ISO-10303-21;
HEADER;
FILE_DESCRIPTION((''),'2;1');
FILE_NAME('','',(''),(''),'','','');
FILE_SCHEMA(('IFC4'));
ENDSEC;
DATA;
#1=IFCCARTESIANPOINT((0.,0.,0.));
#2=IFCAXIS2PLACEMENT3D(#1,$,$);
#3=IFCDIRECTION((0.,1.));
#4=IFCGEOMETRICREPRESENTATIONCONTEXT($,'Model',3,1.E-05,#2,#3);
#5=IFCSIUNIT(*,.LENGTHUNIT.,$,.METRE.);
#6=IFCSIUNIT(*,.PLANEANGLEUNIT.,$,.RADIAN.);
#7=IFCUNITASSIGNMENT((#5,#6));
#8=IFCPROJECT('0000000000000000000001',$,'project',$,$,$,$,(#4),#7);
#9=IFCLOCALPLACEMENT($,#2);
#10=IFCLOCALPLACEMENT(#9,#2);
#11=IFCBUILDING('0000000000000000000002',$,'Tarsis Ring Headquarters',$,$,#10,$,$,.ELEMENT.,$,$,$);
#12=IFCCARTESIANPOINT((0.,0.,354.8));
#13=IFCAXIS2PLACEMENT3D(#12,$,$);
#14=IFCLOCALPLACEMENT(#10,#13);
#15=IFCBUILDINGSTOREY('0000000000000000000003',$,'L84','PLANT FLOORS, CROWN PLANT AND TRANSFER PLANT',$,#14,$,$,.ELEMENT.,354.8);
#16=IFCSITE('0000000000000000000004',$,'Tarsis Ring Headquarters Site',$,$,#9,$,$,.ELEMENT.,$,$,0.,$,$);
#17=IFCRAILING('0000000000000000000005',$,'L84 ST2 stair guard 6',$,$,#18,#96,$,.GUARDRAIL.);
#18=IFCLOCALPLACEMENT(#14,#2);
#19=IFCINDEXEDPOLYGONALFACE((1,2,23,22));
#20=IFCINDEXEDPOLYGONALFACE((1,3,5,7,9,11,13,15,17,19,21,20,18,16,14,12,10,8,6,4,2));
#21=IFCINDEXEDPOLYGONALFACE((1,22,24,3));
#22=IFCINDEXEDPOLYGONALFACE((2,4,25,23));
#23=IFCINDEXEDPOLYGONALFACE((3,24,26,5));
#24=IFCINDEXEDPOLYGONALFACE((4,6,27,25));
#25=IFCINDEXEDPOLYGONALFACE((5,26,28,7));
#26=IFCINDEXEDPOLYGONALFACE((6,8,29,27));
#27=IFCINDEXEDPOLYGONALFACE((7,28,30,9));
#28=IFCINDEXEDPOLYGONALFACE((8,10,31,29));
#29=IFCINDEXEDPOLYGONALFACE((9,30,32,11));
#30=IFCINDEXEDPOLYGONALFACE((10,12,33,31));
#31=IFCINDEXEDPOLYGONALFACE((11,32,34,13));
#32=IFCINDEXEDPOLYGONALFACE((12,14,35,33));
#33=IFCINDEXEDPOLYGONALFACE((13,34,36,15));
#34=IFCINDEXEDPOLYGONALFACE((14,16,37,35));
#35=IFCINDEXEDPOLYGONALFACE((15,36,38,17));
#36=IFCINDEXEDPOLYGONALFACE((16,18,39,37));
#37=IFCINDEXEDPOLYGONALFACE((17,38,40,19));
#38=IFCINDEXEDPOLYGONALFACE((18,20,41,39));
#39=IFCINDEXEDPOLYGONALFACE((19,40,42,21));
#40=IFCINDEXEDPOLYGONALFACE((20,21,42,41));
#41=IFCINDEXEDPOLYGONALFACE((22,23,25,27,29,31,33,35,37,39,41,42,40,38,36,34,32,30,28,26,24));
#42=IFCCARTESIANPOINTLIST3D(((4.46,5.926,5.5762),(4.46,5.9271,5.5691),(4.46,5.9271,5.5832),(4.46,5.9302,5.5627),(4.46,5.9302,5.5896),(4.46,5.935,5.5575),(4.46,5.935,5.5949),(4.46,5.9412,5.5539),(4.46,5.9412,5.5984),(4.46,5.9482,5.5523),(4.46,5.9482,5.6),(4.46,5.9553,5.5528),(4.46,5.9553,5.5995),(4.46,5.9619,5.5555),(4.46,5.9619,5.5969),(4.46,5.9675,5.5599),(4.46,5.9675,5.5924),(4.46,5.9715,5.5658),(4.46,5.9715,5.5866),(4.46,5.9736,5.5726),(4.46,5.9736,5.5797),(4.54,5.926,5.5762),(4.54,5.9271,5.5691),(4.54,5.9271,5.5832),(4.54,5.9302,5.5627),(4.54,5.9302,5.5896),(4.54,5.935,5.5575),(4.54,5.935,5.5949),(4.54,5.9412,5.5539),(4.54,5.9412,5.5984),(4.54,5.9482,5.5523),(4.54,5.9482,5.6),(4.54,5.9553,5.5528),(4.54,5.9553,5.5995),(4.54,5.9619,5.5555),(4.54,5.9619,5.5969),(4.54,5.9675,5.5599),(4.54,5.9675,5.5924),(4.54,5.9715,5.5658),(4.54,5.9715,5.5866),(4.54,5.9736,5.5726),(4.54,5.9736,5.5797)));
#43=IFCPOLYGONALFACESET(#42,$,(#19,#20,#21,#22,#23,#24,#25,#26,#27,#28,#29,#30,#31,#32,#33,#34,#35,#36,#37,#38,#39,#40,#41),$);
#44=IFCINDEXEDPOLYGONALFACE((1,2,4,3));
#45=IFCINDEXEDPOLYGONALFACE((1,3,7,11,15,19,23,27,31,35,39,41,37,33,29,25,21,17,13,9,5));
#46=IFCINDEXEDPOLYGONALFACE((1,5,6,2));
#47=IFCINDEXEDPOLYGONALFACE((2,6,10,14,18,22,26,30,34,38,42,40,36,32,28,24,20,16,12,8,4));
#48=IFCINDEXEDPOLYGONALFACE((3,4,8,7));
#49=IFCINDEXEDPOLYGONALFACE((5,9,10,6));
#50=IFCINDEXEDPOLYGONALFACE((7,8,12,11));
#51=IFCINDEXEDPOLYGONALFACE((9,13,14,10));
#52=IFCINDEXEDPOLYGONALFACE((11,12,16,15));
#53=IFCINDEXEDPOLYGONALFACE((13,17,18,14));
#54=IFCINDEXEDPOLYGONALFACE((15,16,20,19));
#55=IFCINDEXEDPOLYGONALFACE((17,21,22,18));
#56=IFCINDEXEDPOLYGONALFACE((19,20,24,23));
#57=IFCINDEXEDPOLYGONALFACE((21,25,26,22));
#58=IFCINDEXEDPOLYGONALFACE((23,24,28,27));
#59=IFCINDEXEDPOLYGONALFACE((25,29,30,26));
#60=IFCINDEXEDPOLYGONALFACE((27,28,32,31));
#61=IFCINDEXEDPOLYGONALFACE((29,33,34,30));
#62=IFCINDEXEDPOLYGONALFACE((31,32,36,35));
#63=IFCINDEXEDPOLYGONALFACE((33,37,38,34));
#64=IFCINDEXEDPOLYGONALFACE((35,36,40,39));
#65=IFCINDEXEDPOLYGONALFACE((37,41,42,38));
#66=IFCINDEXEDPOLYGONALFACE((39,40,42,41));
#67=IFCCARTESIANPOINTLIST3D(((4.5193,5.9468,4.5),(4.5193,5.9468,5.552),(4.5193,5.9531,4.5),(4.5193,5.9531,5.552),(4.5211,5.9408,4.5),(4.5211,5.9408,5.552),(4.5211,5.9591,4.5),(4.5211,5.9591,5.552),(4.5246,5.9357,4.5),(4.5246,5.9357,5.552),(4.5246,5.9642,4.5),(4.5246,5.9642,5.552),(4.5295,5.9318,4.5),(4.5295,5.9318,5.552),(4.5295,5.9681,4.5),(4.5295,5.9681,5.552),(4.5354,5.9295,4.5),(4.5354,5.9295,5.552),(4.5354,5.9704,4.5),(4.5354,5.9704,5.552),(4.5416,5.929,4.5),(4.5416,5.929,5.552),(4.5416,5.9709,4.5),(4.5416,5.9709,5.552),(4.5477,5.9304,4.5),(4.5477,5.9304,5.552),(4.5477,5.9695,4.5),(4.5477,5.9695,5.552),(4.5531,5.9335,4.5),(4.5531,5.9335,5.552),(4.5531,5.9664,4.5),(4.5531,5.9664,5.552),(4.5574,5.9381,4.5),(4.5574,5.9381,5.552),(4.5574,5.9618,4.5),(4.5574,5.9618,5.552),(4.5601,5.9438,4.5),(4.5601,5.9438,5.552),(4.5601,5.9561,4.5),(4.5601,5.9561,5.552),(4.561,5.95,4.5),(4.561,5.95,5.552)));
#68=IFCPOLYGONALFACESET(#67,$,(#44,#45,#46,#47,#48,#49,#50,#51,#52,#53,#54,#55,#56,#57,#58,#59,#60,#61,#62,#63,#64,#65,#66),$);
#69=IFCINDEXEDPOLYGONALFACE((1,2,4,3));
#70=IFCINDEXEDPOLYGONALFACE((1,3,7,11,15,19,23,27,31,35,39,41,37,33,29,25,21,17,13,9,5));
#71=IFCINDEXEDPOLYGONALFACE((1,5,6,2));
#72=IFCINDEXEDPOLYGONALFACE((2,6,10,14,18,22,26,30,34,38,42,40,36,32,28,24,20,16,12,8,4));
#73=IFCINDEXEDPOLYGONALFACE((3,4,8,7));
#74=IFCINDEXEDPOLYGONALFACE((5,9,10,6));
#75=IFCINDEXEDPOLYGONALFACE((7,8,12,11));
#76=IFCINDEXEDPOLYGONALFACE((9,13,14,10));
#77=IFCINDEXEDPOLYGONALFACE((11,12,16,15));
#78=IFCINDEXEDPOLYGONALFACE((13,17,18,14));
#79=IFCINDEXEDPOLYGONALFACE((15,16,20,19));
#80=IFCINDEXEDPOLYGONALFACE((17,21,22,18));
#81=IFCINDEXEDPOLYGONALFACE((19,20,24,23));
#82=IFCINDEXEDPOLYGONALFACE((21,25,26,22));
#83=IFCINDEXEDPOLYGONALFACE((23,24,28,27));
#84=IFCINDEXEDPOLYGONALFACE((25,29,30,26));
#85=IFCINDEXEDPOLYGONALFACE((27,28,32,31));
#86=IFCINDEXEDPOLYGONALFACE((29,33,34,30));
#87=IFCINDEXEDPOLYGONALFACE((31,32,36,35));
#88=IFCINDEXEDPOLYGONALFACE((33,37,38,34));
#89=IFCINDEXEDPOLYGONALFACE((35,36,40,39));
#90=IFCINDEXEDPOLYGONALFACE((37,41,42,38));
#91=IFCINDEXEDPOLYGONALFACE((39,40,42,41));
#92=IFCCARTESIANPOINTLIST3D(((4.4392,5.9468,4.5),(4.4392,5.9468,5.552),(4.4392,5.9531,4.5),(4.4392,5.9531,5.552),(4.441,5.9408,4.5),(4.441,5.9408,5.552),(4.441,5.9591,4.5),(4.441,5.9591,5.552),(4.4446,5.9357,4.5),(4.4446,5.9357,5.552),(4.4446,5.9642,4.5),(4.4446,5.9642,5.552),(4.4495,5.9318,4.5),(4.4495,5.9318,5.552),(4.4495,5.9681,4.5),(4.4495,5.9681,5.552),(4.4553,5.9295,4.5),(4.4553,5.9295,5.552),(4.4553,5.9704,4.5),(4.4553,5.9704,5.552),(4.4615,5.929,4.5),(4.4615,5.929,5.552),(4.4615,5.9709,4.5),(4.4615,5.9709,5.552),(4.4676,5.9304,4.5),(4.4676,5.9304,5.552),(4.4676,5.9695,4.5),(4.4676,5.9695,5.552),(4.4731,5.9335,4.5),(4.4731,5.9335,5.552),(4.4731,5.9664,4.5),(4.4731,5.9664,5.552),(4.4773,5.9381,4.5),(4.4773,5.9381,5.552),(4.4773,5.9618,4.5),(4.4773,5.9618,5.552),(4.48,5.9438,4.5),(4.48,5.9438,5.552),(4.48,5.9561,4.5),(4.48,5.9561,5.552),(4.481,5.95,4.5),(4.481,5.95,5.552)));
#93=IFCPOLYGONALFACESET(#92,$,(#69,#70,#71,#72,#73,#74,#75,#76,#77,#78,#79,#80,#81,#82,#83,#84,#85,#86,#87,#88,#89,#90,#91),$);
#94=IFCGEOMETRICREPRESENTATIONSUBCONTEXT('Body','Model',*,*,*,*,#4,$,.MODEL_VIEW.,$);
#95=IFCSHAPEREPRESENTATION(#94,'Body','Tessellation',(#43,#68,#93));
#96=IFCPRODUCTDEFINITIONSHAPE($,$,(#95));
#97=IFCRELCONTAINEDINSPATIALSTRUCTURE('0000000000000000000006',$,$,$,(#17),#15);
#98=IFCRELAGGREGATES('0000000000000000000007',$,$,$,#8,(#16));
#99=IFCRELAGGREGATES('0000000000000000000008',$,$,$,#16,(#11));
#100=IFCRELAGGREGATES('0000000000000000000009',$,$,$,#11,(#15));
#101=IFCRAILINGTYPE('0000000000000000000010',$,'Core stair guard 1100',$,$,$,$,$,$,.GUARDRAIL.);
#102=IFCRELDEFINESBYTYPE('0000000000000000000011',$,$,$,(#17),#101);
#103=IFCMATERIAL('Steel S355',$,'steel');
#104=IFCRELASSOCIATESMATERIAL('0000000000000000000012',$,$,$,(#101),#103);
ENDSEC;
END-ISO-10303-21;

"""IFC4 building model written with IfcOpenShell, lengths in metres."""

from ifc_helpers import new_model, si_unit, direction, frame, origin, origin_2d, place, context, subcontext, project, spatial, circle, extrude, material, type_object, element, save


model = new_model("IFC4")

# Units and contexts
model_context = context("Model", 3, precision=1e-05, world=origin(), true_north=direction((0.0, 1.0)))
body_context = subcontext(model_context, "Body", "Model", "MODEL_VIEW")
ifc_project = project(units=[si_unit("LENGTHUNIT", "METRE"), si_unit("PLANEANGLEUNIT", "RADIAN")], contexts=[model_context])

# Site, building, storey
site_placement = place(None, origin())
site = spatial("IfcSite", under=ifc_project, at=site_placement, Name="Tarsis Ring Headquarters Site", CompositionType="ELEMENT", RefElevation=0.0)
building_placement = place(site_placement, origin())
building = spatial("IfcBuilding", under=site, at=building_placement, Name="Tarsis Ring Headquarters", CompositionType="ELEMENT")
storey_placement = place(building_placement, frame((0.0, 0.0, 354.8)))
storey = spatial("IfcBuildingStorey", under=building, at=storey_placement, Name="L84", Description="PLANT FLOORS, CROWN PLANT AND TRANSFER PLANT", CompositionType="ELEMENT", Elevation=354.8)

# Railing
ifc_material_1 = material(Name="Steel S355", Category="steel")
railing_type_1 = type_object("IfcRailingType", Name="Core stair guard 1100", PredefinedType="GUARDRAIL", material=ifc_material_1)
railing_1_placement = place(storey_placement, frame((4.54, 5.95, 4.5)))
element("IfcRailing", 1, at=railing_1_placement, inside=storey, type_object=railing_type_1, Name="L84 ST2 stair guard 6", PredefinedType="GUARDRAIL", context=body_context, shape_type="SweptSolid", body=[
    extrude(circle(Radius=0.0239, at=origin_2d()), frame((0.0, 0.0, 1.0762), z_axis=(-1.0, 0.0, 0.0), x_axis=(0.0, -1.0, 0.0)), (0.0, 0.0, 1.0), 0.0801),
    extrude(circle(Radius=0.021, at=origin_2d()), origin(), (0.0, 0.0, 1.0), 1.052),
    extrude(circle(Radius=0.021, at=origin_2d()), frame((-0.0801, 0.0, 0.0)), (0.0, 0.0, 1.0), 1.052),
])

save(model, "model.ifc")
